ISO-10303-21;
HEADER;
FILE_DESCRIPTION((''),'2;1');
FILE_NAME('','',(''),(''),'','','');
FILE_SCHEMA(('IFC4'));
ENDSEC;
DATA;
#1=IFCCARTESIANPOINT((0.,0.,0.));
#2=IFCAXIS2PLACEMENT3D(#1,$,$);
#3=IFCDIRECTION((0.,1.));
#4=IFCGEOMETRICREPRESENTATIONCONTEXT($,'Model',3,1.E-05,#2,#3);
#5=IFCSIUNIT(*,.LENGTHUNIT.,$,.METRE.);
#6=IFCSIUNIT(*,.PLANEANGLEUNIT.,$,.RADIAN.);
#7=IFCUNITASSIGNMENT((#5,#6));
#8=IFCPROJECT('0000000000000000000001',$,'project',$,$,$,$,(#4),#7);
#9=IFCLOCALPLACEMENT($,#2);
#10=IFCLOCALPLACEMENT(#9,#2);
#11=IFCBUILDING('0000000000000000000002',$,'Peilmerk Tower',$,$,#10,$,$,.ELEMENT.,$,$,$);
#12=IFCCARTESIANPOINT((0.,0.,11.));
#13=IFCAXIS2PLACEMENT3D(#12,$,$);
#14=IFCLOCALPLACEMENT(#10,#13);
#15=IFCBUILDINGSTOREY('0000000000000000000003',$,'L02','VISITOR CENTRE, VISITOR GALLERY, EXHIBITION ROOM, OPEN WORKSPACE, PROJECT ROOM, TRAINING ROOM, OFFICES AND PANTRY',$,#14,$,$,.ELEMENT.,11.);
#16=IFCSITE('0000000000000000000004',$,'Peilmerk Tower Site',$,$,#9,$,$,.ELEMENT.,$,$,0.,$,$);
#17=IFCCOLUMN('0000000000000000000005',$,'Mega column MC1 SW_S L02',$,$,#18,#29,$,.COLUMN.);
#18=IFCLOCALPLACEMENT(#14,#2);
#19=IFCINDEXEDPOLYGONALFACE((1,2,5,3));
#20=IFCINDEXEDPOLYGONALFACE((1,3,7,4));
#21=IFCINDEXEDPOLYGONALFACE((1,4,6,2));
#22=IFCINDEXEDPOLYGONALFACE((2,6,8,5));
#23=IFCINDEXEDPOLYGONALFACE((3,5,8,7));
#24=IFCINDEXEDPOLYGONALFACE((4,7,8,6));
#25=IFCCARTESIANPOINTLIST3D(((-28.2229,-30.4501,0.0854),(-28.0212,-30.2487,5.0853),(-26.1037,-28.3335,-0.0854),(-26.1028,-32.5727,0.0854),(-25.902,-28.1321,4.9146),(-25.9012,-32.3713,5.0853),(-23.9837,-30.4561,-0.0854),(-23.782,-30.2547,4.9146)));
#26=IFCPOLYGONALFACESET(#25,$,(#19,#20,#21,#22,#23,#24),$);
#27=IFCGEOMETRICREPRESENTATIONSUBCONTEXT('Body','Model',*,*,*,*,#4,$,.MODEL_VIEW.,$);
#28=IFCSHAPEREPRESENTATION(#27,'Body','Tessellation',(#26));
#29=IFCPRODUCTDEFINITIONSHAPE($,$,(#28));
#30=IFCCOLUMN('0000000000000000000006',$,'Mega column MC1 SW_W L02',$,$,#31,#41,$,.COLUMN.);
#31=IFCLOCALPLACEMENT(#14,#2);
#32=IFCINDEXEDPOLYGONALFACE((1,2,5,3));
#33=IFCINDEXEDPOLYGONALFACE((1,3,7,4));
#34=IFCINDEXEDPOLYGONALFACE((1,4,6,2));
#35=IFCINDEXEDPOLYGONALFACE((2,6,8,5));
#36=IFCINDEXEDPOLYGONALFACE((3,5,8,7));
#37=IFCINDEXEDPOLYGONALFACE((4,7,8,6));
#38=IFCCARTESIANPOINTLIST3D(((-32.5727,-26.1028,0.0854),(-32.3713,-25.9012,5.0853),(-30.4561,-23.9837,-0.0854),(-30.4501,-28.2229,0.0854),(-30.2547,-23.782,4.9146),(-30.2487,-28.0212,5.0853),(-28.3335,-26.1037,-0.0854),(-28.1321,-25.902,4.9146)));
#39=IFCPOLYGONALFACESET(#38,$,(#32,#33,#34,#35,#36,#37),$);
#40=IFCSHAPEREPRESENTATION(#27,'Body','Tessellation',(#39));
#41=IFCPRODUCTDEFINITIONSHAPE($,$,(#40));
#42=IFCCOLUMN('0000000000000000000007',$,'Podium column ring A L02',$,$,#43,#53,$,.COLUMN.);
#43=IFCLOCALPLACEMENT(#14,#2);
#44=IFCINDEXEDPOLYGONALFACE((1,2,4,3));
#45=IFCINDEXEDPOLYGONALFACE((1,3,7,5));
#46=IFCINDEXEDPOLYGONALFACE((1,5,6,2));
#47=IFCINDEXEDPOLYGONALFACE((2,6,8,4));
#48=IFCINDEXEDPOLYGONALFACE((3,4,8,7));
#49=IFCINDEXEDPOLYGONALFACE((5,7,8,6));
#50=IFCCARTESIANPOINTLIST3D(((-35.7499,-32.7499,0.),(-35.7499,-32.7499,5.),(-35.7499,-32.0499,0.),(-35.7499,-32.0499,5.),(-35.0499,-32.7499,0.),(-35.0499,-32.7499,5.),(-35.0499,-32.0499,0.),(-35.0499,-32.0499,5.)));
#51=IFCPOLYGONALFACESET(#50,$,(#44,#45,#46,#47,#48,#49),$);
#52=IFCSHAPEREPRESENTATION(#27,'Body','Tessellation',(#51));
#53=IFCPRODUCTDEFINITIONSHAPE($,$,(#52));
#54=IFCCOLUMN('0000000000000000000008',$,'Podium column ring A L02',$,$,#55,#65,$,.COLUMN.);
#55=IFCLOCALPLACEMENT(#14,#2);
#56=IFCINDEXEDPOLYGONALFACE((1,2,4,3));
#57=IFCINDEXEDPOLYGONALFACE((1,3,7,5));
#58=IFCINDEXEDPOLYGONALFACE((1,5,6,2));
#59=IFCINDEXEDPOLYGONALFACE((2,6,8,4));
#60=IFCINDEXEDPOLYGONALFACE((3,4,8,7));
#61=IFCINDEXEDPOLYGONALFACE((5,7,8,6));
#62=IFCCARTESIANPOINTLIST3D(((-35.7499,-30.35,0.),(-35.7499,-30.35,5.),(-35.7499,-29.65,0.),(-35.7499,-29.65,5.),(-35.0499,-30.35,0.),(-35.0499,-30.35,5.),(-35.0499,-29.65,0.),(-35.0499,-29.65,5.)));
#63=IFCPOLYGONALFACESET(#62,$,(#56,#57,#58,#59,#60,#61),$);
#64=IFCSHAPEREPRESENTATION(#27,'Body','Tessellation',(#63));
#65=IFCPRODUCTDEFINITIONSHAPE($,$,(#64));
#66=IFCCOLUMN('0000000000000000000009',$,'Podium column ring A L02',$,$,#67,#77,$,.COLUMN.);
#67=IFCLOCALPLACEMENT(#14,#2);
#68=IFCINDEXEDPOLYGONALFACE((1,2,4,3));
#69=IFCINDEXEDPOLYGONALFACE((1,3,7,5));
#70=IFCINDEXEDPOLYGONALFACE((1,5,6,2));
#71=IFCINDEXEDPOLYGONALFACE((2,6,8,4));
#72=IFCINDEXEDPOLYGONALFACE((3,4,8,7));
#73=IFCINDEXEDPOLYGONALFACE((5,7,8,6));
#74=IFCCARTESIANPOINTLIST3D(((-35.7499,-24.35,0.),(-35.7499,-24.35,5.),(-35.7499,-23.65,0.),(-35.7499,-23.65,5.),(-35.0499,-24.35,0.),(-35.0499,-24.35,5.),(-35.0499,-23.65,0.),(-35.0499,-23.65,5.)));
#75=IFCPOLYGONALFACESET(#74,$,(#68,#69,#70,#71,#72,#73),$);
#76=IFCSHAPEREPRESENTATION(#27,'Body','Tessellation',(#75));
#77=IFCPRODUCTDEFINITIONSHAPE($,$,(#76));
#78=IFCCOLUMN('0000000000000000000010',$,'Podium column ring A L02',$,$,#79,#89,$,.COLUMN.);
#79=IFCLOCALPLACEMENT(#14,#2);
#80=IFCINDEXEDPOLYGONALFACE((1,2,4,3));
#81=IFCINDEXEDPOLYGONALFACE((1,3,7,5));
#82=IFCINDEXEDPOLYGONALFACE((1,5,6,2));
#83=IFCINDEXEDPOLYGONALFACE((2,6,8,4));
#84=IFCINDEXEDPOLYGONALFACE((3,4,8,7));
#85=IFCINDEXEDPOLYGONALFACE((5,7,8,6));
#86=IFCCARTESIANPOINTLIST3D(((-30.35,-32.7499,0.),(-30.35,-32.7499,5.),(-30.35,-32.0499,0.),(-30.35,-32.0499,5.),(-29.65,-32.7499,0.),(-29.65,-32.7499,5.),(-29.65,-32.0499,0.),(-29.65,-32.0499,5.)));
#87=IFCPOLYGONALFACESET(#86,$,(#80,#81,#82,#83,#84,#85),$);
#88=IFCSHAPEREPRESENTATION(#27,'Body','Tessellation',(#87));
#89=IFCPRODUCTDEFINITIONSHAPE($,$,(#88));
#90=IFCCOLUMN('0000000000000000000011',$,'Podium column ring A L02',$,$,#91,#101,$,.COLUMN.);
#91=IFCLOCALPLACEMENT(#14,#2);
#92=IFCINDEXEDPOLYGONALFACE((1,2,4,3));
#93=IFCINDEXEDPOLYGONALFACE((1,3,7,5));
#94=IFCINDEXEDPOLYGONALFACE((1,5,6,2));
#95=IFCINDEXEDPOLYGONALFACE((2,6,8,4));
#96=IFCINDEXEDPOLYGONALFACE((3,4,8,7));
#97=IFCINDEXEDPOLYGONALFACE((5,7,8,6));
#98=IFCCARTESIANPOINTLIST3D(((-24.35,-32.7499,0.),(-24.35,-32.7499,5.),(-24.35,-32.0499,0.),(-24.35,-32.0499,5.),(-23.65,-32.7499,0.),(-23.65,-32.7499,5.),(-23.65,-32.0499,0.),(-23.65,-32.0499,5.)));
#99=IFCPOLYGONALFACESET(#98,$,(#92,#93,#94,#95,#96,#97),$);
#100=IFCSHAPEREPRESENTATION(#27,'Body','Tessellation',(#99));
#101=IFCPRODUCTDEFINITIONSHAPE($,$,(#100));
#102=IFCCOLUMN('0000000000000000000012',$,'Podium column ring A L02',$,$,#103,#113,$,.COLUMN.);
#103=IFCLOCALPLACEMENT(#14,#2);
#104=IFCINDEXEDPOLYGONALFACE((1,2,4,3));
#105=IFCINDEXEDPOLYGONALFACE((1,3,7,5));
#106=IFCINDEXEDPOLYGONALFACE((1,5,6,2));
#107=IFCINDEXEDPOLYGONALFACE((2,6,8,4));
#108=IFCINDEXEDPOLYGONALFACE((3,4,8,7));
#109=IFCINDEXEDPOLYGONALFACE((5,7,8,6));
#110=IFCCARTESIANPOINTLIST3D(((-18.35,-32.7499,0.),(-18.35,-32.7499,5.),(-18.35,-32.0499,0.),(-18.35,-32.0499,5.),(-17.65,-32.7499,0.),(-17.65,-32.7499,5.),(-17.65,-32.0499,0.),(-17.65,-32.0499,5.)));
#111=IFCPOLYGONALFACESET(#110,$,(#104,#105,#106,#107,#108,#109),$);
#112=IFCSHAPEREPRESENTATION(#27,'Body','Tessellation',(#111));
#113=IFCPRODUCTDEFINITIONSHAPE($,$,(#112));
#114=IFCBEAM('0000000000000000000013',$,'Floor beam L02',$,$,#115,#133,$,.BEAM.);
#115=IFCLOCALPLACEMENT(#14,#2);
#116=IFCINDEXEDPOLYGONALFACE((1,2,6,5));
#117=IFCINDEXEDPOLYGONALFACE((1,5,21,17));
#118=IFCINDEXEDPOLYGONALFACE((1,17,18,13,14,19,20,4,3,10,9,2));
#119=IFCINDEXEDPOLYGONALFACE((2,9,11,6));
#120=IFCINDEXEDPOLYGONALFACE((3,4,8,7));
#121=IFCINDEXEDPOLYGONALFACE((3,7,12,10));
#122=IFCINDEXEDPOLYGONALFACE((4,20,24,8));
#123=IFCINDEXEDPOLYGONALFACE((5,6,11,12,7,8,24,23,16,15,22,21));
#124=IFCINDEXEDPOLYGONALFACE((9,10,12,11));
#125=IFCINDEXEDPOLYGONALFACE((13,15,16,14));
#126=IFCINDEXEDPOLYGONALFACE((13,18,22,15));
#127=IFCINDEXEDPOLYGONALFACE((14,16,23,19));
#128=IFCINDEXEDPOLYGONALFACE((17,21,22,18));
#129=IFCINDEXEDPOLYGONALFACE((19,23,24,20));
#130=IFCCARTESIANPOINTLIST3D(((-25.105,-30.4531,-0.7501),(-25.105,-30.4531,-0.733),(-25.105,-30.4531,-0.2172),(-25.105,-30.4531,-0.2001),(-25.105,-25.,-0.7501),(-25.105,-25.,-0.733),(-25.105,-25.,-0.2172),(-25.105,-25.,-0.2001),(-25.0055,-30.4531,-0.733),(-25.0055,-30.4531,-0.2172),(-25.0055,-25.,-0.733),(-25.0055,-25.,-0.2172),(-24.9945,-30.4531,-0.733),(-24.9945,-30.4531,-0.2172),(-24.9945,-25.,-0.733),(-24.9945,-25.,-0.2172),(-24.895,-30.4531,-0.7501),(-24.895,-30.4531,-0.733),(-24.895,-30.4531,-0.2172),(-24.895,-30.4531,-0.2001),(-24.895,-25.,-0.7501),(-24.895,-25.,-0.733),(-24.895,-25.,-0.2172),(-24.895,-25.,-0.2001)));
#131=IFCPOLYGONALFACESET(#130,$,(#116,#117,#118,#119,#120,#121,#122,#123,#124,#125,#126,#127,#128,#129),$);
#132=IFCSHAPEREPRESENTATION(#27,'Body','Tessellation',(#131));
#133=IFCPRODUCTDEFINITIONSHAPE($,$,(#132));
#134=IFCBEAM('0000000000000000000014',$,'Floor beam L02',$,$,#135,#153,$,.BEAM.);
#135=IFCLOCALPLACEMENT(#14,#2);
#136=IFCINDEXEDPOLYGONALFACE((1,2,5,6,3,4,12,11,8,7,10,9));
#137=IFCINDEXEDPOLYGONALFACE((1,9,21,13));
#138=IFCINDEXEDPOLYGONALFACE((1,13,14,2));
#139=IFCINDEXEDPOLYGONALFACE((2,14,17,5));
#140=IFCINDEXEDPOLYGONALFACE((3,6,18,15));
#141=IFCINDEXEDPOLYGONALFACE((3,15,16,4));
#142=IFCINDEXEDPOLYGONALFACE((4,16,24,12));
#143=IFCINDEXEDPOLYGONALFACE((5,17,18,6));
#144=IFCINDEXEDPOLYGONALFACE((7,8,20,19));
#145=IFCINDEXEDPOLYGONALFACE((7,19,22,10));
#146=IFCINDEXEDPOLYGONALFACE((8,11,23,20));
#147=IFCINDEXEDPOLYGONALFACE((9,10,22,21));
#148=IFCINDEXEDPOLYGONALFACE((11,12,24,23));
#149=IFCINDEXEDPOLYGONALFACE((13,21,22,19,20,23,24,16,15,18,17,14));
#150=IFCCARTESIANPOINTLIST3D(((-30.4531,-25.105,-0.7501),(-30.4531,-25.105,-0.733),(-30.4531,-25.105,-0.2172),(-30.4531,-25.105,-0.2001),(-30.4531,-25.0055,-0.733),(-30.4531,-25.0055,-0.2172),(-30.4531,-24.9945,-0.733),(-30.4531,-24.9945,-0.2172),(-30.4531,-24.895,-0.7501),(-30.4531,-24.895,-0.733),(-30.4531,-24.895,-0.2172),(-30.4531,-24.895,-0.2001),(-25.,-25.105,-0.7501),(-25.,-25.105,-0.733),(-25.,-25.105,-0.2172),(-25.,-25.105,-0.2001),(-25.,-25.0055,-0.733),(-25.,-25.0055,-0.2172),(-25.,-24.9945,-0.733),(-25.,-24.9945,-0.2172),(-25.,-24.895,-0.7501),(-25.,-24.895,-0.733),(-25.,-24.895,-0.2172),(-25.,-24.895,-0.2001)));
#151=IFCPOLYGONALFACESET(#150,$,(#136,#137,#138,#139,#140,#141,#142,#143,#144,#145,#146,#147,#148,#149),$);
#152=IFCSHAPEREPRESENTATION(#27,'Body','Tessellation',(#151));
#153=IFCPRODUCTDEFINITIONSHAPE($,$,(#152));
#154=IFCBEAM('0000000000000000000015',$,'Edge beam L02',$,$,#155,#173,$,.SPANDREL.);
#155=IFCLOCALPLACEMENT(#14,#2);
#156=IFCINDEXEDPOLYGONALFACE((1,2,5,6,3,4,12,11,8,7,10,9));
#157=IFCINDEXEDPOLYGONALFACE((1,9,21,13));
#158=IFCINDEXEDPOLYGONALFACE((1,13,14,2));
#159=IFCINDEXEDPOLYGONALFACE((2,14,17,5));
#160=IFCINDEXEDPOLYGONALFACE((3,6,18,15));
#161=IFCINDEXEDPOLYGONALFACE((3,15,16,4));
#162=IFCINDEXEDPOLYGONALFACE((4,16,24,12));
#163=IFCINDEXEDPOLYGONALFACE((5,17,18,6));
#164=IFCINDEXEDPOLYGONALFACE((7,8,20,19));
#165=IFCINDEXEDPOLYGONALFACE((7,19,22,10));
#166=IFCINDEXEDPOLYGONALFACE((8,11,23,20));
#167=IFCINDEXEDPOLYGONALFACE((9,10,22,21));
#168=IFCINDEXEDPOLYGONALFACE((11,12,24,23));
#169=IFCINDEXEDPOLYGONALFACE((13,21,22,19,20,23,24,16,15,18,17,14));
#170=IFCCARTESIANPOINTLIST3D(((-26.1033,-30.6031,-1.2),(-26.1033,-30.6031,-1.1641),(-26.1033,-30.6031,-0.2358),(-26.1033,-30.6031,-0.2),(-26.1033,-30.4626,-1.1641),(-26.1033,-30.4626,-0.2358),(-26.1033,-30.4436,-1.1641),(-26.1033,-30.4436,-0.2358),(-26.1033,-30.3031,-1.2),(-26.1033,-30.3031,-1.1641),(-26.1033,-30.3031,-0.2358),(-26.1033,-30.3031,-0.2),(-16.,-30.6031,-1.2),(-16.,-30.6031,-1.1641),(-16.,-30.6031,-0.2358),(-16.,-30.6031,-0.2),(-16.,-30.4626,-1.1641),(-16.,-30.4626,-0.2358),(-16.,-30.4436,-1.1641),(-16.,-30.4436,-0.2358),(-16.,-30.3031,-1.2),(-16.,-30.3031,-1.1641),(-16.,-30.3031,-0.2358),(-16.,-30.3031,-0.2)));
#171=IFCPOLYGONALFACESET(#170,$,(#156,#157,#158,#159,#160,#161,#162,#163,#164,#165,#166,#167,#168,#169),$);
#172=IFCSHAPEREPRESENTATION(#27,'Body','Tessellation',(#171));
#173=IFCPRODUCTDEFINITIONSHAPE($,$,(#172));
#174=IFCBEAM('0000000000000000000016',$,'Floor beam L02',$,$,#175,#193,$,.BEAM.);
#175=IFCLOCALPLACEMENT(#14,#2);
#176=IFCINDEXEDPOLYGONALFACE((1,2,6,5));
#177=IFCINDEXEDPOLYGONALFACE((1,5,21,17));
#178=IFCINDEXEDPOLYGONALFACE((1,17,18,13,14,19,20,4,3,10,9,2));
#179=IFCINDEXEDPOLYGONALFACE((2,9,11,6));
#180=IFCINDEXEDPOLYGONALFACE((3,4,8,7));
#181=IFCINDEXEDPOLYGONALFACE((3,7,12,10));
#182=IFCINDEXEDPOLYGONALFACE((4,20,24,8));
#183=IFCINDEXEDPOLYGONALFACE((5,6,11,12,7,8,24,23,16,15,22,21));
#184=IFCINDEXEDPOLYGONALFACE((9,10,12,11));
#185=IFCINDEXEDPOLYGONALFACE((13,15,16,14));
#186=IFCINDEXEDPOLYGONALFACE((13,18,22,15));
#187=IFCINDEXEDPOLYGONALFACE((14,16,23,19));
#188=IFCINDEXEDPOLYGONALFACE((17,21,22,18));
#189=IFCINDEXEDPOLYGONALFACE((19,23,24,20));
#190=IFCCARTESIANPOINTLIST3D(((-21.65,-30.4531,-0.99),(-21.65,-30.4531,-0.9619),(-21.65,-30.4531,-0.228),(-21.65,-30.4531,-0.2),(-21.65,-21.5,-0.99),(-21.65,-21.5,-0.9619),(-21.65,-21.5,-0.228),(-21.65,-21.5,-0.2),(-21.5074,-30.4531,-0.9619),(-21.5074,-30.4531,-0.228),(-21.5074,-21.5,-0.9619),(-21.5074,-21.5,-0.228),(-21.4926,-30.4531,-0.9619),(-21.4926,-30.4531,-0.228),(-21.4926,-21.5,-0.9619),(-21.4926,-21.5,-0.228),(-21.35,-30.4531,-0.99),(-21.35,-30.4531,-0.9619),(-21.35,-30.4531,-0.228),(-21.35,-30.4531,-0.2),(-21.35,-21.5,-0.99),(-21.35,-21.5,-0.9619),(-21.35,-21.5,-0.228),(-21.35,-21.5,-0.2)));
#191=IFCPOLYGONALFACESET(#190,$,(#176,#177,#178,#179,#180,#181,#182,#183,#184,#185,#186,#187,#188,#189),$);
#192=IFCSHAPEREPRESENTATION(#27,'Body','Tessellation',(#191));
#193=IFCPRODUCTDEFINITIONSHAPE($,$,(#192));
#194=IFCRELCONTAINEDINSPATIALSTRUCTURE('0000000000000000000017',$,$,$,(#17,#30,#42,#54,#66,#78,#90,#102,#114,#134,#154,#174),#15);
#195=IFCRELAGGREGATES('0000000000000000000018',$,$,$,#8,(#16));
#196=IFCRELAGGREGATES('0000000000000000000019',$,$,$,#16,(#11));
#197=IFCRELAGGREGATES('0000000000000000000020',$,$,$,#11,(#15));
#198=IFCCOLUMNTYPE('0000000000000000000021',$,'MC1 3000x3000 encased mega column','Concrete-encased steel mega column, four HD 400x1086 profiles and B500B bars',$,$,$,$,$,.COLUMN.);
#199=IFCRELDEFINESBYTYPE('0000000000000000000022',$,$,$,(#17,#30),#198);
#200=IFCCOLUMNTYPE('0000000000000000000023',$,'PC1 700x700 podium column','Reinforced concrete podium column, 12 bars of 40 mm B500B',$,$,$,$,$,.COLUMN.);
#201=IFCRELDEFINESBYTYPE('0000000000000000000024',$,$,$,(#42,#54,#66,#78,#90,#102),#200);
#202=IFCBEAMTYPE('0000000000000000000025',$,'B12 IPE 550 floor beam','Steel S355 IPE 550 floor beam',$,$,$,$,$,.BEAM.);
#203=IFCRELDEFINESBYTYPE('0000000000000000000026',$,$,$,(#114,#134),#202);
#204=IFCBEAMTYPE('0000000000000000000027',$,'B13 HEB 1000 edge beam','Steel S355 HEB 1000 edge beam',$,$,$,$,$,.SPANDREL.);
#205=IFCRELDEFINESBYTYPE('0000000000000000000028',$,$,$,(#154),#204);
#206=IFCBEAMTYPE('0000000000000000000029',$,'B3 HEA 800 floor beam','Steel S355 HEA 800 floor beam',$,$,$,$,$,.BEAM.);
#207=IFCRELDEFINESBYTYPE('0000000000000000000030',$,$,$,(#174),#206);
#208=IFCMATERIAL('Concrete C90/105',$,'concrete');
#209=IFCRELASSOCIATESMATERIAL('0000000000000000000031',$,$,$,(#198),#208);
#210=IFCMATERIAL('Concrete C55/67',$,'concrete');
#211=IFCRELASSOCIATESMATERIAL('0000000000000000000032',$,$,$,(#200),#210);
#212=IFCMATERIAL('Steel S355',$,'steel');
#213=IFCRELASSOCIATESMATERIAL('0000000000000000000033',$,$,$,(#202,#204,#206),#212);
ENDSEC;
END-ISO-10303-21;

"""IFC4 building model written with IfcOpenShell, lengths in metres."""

from ifc_helpers import new_model, si_unit, direction, frame, origin, origin_2d, place, context, subcontext, project, spatial, rectangle, i_section, extrude, material, material_profile, profile_set, type_object, element, save


model = new_model("IFC4")

# Units and contexts
model_context = context("Model", 3, precision=1e-05, world=origin(), true_north=direction((0.0, 1.0)))
body_context = subcontext(model_context, "Body", "Model", "MODEL_VIEW")
ifc_project = project(units=[si_unit("LENGTHUNIT", "METRE"), si_unit("PLANEANGLEUNIT", "RADIAN")], contexts=[model_context])

# Site, building, storey
site_placement = place(None, origin())
site = spatial("IfcSite", under=ifc_project, at=site_placement, Name="Peilmerk Tower Site", CompositionType="ELEMENT", RefElevation=0.0)
building_placement = place(site_placement, origin())
building = spatial("IfcBuilding", under=site, at=building_placement, Name="Peilmerk Tower", CompositionType="ELEMENT")
storey_placement = place(building_placement, frame((0.0, 0.0, 11.0)))
storey = spatial("IfcBuildingStorey", under=building, at=storey_placement, Name="L02", Description="VISITOR CENTRE, VISITOR GALLERY, EXHIBITION ROOM, OPEN WORKSPACE, PROJECT ROOM, TRAINING ROOM, OFFICES AND PANTRY", CompositionType="ELEMENT", Elevation=11.0)

# Columns
ifc_material_1 = material(Name="Concrete C90/105", Category="concrete")
ifc_material_profile_1 = material_profile(ifc_material_1, rectangle(XDim=3.0, YDim=3.0, at=origin_2d()), Name="RC 3000x3000")
ifc_profile_set_1 = profile_set([ifc_material_profile_1], Name="Concrete C90/105")
column_type_1 = type_object("IfcColumnType", Name="MC1 3000x3000 encased mega column", Description="Concrete-encased steel mega column, four HD 400x1086 profiles and B500B bars", PredefinedType="COLUMN", material=ifc_profile_set_1)
for number, where, z_axis, x_axis, name in (
    (1, (-26.1033, -30.4531, 0.0), (0.040267, 0.040218, 0.998379), (-0.706678, 0.707535, 0.0), "Mega column MC1 SW_S L02"),
    (2, (-30.4531, -26.1033, 0.0), (0.040218, 0.040267, 0.998379), (-0.707535, 0.706678, 0.0), "Mega column MC1 SW_W L02"),
):
    element("IfcColumn", number, at=place(storey_placement, frame(where, z_axis=z_axis, x_axis=x_axis)), inside=storey, type_object=column_type_1, Name=name, PredefinedType="COLUMN", context=body_context, shape_type="SweptSolid", body=[
        extrude(rectangle(XDim=3.0, YDim=3.0, at=origin_2d()), origin(), (0.0, 0.0, 1.0), 5.0081),
    ])
ifc_material_2 = material(Name="Concrete C55/67", Category="concrete")
ifc_material_profile_2 = material_profile(ifc_material_2, rectangle(XDim=0.7, YDim=0.7, at=origin_2d()), Name="RC 700x700")
ifc_profile_set_2 = profile_set([ifc_material_profile_2], Name="Concrete C55/67")
column_type_2 = type_object("IfcColumnType", Name="PC1 700x700 podium column", Description="Reinforced concrete podium column, 12 bars of 40 mm B500B", PredefinedType="COLUMN", material=ifc_profile_set_2)
for number, where, z_axis, x_axis, name in (
    (3, (-35.3999, -32.3999, 0.0), (0.0, 0.0, 1.0), (1.0, 0.0, 0.0), "Podium column ring A L02"),
    (4, (-35.3999, -30.0, 0.0), (0.0, 0.0, 1.0), (1.0, 0.0, 0.0), "Podium column ring A L02"),
    (5, (-35.3999, -24.0, 0.0), (0.0, 0.0, 1.0), (1.0, 0.0, 0.0), "Podium column ring A L02"),
    (6, (-30.0, -32.3999, 0.0), (0.0, 0.0, 1.0), (1.0, 0.0, 0.0), "Podium column ring A L02"),
    (7, (-24.0, -32.3999, 0.0), (0.0, 0.0, 1.0), (1.0, 0.0, 0.0), "Podium column ring A L02"),
    (8, (-18.0, -32.3999, 0.0), (0.0, 0.0, 1.0), (1.0, 0.0, 0.0), "Podium column ring A L02"),
):
    element("IfcColumn", number, at=place(storey_placement, frame(where, z_axis=z_axis, x_axis=x_axis)), inside=storey, type_object=column_type_2, Name=name, PredefinedType="COLUMN", context=body_context, shape_type="SweptSolid", body=[
        extrude(rectangle(XDim=0.7, YDim=0.7, at=origin_2d()), origin(), (0.0, 0.0, 1.0), 5.0),
    ])

# Beams
ifc_material_3 = material(Name="Steel S355", Category="steel")
ifc_material_profile_3 = material_profile(ifc_material_3, i_section(OverallWidth=0.21, OverallDepth=0.55, WebThickness=0.011, FlangeThickness=0.0171, at=origin_2d()), Name="IPE 550")
ifc_profile_set_3 = profile_set([ifc_material_profile_3], Name="Steel S355")
beam_type_1 = type_object("IfcBeamType", Name="B12 IPE 550 floor beam", Description="Steel S355 IPE 550 floor beam", PredefinedType="BEAM", material=ifc_profile_set_3)
for number, where, z_axis, x_axis, name in (
    (9, (-25.0, -25.0, -0.4751), (0.0, -1.0, 0.0), (1.0, 0.0, 0.0), "Floor beam L02"),
    (10, (-25.0, -25.0, -0.4751), (-1.0, 0.0, 0.0), (0.0, -1.0, 0.0), "Floor beam L02"),
):
    element("IfcBeam", number, at=place(storey_placement, frame(where, z_axis=z_axis, x_axis=x_axis)), inside=storey, type_object=beam_type_1, Name=name, PredefinedType="BEAM", context=body_context, shape_type="SweptSolid", body=[
        extrude(i_section(OverallWidth=0.21, OverallDepth=0.55, WebThickness=0.011, FlangeThickness=0.0171, at=origin_2d()), origin(), (0.0, 0.0, 1.0), 5.4531),
    ])
ifc_material_profile_4 = material_profile(ifc_material_3, i_section(OverallWidth=0.3, OverallDepth=1.0, WebThickness=0.019, FlangeThickness=0.0359, at=origin_2d()), Name="HEB 1000")
ifc_profile_set_4 = profile_set([ifc_material_profile_4], Name="Steel S355")
beam_type_2 = type_object("IfcBeamType", Name="B13 HEB 1000 edge beam", Description="Steel S355 HEB 1000 edge beam", PredefinedType="SPANDREL", material=ifc_profile_set_4)
beam_1_placement = place(storey_placement, frame((-26.1033, -30.4531, -0.7), z_axis=(1.0, 0.0, 0.0), x_axis=(0.0, 1.0, 0.0)))
element("IfcBeam", 11, at=beam_1_placement, inside=storey, type_object=beam_type_2, Name="Edge beam L02", PredefinedType="SPANDREL", context=body_context, shape_type="SweptSolid", body=[
    extrude(i_section(OverallWidth=0.3, OverallDepth=1.0, WebThickness=0.019, FlangeThickness=0.0359, at=origin_2d()), origin(), (0.0, 0.0, 1.0), 10.1033),
])
ifc_material_profile_5 = material_profile(ifc_material_3, i_section(OverallWidth=0.3, OverallDepth=0.79, WebThickness=0.0149, FlangeThickness=0.0281, at=origin_2d()), Name="HEA 800")
ifc_profile_set_5 = profile_set([ifc_material_profile_5], Name="Steel S355")
beam_type_3 = type_object("IfcBeamType", Name="B3 HEA 800 floor beam", Description="Steel S355 HEA 800 floor beam", PredefinedType="BEAM", material=ifc_profile_set_5)
beam_2_placement = place(storey_placement, frame((-21.5, -21.5, -0.595), z_axis=(0.0, -1.0, 0.0), x_axis=(1.0, 0.0, 0.0)))
element("IfcBeam", 12, at=beam_2_placement, inside=storey, type_object=beam_type_3, Name="Floor beam L02", PredefinedType="BEAM", context=body_context, shape_type="SweptSolid", body=[
    extrude(i_section(OverallWidth=0.3, OverallDepth=0.79, WebThickness=0.0149, FlangeThickness=0.0281, at=origin_2d()), origin(), (0.0, 0.0, 1.0), 8.9531),
])

save(model, "model.ifc")
